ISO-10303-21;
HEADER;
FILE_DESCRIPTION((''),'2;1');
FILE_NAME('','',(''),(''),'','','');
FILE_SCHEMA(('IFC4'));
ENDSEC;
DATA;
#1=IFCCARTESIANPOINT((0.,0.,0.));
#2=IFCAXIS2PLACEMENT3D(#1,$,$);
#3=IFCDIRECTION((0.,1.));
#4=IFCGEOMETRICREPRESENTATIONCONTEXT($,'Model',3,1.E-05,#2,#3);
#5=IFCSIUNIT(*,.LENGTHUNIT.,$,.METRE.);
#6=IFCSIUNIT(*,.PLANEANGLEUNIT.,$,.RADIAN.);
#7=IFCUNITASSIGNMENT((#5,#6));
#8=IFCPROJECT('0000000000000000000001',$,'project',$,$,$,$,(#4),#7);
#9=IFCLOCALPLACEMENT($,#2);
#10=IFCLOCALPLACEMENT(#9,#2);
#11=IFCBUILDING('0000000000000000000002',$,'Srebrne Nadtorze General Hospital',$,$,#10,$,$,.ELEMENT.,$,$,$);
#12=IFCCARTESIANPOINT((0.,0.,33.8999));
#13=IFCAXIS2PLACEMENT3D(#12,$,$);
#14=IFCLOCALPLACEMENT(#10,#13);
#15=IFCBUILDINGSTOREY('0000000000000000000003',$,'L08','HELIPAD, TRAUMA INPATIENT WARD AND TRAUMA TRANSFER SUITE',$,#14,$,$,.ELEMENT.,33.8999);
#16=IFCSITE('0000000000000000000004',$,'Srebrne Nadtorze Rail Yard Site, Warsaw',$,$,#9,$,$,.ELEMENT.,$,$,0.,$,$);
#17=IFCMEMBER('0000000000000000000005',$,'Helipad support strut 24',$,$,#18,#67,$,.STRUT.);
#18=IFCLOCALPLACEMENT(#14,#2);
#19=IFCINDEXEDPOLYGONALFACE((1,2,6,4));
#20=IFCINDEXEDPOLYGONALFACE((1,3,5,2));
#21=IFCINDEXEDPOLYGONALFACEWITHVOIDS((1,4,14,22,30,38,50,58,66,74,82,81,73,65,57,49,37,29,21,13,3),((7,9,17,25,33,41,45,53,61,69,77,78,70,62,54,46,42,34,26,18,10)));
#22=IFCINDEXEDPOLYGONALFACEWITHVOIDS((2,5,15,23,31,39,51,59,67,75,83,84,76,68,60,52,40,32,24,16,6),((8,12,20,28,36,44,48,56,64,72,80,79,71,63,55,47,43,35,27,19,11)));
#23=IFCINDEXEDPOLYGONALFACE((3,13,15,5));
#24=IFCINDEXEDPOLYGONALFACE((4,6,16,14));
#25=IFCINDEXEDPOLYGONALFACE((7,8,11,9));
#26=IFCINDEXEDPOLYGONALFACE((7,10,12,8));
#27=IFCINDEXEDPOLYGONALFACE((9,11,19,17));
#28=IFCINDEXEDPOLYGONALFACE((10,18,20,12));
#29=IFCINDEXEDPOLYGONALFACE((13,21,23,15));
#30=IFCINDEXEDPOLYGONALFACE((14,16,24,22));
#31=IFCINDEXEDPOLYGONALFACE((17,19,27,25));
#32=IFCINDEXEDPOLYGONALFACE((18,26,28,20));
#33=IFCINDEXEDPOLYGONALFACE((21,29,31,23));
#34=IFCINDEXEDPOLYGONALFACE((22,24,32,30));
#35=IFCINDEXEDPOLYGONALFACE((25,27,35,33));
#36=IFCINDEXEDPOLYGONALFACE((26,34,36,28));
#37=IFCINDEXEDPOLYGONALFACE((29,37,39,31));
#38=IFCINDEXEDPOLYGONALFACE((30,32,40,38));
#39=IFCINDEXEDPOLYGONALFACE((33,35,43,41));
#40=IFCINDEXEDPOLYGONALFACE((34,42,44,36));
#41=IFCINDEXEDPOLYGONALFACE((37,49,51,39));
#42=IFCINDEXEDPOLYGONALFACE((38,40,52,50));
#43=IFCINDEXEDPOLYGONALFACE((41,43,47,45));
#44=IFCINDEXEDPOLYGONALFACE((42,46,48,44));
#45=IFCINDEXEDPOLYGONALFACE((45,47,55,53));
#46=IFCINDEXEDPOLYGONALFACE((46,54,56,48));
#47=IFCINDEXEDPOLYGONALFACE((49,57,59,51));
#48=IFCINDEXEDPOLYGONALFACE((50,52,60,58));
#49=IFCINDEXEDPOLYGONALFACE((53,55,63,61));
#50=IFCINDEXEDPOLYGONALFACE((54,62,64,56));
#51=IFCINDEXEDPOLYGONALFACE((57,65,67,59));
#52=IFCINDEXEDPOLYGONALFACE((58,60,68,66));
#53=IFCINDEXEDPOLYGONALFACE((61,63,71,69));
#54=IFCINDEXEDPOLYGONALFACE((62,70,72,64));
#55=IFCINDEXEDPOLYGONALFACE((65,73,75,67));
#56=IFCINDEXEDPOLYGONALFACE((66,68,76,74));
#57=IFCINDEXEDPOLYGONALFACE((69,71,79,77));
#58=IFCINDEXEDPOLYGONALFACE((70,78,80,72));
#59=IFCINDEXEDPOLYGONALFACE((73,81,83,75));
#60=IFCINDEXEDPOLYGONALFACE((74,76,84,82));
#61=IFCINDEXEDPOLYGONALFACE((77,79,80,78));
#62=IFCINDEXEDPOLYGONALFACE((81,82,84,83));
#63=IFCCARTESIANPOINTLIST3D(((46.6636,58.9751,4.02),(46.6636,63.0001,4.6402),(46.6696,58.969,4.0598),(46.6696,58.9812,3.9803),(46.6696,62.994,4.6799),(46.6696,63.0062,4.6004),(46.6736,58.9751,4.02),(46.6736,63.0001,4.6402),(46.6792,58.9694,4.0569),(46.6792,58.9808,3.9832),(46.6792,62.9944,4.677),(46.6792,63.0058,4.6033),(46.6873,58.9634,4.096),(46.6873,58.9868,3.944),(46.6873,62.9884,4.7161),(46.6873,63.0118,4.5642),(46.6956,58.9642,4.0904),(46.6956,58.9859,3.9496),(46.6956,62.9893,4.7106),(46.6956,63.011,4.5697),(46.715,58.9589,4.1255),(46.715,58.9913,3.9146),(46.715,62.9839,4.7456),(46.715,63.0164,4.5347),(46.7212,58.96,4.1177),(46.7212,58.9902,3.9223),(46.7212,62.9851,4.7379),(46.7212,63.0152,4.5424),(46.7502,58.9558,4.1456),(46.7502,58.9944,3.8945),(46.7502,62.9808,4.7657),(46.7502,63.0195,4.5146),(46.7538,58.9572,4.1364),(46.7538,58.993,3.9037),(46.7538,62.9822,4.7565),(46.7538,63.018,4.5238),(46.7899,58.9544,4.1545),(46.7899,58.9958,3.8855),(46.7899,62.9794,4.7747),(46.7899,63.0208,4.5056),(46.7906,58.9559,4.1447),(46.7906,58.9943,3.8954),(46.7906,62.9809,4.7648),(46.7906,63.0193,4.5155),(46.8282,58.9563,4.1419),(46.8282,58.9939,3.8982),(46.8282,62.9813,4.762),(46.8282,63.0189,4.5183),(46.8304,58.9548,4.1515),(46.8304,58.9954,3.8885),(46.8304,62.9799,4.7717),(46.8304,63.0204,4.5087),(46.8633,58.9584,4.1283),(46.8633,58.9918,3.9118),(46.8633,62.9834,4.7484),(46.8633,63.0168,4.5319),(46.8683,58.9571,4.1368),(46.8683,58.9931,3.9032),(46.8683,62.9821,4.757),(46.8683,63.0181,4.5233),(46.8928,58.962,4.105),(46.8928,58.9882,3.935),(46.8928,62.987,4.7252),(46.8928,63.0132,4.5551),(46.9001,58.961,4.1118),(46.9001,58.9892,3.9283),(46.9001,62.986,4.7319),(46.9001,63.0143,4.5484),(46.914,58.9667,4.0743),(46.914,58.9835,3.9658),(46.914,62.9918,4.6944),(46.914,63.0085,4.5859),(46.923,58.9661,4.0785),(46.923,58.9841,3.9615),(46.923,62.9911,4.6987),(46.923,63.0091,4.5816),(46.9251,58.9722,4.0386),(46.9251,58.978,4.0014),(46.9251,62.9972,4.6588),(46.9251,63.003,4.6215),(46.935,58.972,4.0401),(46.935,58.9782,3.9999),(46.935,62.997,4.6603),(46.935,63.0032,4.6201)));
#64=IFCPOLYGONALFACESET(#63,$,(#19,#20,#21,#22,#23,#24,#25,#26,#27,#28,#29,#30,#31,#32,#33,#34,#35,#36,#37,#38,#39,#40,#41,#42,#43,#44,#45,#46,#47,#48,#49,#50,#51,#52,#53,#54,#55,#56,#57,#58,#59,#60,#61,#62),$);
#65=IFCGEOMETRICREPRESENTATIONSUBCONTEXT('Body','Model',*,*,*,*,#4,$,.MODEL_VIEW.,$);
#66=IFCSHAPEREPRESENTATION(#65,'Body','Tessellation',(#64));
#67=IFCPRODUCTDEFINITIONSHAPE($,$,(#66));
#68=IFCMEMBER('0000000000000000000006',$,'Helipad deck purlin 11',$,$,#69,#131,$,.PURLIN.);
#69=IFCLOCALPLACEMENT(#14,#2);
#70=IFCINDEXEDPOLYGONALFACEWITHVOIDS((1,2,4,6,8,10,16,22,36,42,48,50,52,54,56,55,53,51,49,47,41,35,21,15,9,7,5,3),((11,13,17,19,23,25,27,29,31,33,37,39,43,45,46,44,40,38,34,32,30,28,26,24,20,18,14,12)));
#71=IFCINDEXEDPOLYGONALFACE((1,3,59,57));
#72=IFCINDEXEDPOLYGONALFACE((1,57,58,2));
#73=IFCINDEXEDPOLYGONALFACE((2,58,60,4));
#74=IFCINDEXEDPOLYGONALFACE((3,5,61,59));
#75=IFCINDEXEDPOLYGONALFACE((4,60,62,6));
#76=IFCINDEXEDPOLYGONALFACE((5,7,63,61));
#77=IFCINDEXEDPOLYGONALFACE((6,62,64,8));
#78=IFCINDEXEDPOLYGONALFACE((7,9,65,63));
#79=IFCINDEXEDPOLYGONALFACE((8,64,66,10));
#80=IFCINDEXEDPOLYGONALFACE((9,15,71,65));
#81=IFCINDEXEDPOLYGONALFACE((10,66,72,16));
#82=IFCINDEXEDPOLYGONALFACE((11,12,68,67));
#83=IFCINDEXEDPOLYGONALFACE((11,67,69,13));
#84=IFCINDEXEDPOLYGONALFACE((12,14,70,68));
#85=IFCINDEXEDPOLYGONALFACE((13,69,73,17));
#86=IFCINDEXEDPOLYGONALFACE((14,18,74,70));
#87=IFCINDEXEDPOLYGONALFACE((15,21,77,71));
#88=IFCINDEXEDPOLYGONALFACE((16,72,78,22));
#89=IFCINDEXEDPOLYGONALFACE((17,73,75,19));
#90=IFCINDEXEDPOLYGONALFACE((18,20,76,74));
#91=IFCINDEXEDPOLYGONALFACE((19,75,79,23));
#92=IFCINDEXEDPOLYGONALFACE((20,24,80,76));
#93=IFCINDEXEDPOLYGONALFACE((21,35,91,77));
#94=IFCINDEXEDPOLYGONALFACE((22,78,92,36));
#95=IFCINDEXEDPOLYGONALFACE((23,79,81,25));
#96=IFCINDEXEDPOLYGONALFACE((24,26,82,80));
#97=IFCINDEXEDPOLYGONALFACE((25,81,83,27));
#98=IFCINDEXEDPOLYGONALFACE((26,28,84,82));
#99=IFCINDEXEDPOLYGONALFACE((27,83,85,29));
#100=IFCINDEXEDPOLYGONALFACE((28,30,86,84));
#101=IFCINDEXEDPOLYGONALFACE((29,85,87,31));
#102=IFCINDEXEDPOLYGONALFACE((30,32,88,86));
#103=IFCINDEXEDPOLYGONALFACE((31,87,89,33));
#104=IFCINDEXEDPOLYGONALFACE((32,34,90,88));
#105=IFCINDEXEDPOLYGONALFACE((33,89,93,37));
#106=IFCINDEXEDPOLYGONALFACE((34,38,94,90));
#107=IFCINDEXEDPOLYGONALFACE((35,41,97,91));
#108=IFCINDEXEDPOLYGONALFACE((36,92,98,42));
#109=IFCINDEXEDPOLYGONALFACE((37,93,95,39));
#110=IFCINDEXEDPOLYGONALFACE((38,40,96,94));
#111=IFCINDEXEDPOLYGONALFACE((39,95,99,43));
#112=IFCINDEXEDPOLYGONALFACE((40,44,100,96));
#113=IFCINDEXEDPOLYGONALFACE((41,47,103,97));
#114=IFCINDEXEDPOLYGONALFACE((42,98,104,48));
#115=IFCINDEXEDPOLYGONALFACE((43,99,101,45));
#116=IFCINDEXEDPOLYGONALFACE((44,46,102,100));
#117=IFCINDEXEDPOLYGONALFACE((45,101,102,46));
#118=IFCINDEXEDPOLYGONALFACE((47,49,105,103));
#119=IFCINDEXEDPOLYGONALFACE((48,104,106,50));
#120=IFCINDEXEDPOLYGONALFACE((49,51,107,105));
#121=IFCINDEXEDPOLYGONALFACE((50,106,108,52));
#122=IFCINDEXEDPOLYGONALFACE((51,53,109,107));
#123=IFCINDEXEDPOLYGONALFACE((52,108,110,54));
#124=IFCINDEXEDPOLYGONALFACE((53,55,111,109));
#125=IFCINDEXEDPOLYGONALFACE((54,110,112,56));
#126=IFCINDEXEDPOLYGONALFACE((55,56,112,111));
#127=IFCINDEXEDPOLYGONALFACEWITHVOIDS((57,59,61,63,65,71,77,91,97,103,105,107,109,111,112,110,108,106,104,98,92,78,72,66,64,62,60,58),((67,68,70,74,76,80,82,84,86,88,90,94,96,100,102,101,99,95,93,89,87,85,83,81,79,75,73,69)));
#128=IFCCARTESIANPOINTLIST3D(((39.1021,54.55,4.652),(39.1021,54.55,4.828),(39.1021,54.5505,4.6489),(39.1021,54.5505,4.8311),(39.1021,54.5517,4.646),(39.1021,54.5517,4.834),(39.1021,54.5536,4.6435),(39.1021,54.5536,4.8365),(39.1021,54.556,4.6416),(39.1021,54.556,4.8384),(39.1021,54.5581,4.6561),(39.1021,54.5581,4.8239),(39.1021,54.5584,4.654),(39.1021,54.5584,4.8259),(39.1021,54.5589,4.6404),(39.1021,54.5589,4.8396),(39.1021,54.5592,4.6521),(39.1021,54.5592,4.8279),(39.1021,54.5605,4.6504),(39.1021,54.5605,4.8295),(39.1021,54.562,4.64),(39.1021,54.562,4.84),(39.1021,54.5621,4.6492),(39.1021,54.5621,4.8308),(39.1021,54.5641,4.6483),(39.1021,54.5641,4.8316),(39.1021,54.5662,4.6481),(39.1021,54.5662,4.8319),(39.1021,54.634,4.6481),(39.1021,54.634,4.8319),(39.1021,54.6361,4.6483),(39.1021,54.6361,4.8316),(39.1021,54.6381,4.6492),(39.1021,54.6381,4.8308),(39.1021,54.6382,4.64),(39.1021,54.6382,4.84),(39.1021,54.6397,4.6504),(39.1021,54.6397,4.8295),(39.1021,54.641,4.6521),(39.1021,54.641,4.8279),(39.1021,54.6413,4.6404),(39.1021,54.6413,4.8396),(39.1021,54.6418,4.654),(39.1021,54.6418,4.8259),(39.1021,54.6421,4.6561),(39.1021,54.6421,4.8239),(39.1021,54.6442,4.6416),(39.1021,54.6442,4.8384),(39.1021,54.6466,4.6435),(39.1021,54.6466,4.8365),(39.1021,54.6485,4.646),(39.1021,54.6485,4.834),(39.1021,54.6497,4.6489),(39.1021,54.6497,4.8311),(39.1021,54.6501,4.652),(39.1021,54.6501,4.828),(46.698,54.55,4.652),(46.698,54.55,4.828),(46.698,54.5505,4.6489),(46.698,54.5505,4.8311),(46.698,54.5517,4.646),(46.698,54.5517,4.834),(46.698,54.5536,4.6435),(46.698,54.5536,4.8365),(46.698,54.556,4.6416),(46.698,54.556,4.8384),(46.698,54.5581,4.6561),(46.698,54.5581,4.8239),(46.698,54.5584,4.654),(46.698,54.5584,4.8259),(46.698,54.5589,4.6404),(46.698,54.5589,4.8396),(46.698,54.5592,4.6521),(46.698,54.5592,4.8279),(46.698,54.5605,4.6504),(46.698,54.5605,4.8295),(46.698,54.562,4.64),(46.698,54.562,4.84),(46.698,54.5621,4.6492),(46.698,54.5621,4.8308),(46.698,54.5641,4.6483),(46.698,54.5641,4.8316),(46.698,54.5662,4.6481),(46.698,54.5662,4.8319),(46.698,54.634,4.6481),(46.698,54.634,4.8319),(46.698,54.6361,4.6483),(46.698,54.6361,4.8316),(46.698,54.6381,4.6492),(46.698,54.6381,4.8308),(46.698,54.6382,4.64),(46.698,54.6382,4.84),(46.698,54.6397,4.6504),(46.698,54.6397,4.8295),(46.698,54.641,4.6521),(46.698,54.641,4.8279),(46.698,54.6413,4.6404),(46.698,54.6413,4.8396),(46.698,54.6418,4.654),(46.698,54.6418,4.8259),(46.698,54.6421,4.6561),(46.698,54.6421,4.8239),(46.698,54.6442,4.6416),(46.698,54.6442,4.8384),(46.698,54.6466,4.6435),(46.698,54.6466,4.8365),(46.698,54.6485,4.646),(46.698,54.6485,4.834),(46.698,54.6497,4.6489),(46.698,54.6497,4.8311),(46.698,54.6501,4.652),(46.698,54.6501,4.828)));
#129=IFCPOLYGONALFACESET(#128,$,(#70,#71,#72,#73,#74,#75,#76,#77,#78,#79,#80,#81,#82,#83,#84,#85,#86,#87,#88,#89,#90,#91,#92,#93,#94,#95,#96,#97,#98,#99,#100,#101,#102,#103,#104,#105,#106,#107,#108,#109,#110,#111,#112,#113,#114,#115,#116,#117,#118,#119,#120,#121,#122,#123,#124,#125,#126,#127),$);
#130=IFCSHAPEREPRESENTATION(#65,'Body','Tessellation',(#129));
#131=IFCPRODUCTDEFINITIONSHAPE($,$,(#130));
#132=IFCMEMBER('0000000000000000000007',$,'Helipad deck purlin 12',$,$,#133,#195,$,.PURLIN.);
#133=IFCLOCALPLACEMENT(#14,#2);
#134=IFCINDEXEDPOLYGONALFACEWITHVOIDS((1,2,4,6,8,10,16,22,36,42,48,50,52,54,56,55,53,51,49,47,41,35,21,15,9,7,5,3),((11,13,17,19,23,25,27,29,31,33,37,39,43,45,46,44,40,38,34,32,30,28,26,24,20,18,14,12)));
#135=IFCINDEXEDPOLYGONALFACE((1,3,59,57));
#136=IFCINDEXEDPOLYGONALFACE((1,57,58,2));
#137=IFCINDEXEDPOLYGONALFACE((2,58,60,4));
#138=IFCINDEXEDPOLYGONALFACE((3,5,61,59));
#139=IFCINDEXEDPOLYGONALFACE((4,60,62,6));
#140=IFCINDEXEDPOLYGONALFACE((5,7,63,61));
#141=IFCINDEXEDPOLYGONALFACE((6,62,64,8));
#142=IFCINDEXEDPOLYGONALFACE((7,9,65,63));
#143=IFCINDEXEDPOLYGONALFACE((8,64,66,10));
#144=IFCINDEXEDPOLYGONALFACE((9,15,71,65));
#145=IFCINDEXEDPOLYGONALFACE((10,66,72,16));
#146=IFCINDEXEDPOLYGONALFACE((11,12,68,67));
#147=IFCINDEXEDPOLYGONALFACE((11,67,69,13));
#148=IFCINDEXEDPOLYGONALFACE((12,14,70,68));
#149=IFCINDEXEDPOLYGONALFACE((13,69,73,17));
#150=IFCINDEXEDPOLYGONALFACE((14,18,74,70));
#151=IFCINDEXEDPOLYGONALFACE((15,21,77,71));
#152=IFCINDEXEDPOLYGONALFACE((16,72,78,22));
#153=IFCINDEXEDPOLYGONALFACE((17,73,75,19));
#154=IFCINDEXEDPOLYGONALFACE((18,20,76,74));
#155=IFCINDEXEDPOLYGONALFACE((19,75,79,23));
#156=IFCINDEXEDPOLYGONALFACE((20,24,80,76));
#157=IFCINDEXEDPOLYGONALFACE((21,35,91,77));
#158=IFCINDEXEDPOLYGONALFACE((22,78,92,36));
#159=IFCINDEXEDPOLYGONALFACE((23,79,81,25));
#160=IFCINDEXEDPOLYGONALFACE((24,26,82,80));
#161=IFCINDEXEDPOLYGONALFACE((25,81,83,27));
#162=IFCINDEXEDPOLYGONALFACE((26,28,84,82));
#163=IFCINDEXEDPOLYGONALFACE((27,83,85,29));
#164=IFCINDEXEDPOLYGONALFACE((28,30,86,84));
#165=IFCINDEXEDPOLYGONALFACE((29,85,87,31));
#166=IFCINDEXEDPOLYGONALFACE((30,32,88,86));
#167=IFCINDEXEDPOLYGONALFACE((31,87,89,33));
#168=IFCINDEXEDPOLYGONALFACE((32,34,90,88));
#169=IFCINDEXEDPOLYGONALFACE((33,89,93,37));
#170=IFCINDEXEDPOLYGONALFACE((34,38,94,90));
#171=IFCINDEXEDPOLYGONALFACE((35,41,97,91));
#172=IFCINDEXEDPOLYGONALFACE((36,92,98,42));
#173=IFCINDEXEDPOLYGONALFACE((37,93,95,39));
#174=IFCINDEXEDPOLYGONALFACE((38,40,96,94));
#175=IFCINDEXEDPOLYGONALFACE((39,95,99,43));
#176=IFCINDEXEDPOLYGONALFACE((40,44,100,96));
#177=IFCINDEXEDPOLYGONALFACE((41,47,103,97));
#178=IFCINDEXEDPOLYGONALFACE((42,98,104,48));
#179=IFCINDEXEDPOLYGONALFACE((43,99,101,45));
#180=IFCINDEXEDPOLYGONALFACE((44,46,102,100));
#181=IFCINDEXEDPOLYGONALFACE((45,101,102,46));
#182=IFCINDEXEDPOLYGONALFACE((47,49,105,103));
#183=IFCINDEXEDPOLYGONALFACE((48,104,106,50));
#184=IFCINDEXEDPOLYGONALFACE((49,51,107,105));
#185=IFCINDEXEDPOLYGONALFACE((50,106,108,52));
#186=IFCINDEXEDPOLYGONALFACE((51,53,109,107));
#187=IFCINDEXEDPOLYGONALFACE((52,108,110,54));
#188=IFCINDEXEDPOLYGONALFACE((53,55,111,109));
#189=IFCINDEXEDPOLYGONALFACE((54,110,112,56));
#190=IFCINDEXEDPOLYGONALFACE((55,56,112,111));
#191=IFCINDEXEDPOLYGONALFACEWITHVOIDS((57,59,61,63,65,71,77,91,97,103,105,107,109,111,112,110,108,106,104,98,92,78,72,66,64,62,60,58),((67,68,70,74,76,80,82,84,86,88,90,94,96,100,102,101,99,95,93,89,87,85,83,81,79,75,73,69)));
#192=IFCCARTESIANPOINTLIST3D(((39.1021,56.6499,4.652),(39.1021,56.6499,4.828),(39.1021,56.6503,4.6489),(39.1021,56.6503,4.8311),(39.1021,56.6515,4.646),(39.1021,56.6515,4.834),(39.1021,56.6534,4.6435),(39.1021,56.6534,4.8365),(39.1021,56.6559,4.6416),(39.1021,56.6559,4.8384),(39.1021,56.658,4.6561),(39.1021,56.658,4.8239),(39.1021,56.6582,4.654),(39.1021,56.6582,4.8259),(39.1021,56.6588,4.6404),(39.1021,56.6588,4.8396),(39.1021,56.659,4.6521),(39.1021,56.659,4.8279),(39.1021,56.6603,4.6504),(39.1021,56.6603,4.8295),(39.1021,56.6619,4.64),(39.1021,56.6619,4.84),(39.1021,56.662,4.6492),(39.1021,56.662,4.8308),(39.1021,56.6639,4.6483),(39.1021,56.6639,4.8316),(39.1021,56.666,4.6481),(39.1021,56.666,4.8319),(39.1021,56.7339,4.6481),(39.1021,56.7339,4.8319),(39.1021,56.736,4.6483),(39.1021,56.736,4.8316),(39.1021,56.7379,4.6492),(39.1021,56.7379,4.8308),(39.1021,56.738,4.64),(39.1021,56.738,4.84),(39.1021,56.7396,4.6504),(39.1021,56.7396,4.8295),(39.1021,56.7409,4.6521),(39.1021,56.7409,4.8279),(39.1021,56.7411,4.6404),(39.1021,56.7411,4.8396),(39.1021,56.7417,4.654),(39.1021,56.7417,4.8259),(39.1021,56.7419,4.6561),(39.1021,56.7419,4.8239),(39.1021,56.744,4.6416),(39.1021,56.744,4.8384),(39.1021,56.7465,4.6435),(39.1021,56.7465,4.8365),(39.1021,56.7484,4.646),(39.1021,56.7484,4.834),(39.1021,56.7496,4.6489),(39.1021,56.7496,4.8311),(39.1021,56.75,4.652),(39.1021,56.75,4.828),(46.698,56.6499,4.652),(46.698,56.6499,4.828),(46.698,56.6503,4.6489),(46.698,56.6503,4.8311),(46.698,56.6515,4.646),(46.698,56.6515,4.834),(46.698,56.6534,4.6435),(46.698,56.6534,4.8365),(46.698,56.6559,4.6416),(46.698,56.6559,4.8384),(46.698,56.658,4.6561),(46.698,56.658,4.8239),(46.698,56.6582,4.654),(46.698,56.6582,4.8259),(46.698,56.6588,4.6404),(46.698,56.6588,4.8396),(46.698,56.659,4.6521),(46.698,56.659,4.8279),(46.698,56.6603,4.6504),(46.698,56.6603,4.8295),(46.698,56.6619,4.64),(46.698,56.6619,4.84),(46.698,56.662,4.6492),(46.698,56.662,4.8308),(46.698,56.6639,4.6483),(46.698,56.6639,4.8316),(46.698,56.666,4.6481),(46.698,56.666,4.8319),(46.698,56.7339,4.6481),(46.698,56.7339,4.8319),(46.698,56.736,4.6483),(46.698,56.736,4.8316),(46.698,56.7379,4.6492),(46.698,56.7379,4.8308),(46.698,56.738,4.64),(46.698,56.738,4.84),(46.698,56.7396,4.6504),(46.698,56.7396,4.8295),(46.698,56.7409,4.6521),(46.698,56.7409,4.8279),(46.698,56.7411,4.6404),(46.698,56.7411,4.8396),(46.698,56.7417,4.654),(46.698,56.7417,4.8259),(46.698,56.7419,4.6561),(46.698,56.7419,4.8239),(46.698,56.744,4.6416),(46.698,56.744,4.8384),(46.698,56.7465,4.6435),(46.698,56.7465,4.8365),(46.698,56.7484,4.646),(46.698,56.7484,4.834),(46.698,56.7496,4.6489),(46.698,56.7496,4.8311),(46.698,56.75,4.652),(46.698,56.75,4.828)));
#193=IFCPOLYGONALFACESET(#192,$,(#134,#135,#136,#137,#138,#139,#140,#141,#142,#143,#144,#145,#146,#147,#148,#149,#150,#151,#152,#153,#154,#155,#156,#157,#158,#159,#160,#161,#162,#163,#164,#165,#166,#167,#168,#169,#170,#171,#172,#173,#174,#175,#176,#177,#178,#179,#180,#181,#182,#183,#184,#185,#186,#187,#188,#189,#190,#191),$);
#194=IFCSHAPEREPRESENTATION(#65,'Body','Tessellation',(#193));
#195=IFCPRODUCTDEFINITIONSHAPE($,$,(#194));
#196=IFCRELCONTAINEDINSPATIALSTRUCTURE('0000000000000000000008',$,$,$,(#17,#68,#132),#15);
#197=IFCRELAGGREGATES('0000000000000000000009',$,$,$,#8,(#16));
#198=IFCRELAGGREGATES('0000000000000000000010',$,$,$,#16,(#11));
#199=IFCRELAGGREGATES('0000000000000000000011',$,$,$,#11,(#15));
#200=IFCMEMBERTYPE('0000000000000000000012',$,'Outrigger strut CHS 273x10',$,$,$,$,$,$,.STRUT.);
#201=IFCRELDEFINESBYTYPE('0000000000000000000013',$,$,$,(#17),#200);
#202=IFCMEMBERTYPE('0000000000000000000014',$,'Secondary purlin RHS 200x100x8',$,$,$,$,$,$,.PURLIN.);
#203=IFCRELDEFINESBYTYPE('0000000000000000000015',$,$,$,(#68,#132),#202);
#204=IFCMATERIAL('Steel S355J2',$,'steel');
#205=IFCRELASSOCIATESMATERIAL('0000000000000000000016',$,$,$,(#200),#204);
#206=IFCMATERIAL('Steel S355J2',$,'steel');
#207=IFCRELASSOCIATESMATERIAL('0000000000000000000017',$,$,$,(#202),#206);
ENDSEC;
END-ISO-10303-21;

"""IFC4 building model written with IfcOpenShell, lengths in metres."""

from ifc_helpers import new_model, si_unit, direction, frame, origin, origin_2d, place, context, subcontext, project, spatial, hollow_rectangle, hollow_circle, extrude, material, material_profile, profile_set, type_object, element, save


model = new_model("IFC4")

# Units and contexts
model_context = context("Model", 3, precision=1e-05, world=origin(), true_north=direction((0.0, 1.0)))
body_context = subcontext(model_context, "Body", "Model", "MODEL_VIEW")
ifc_project = project(units=[si_unit("LENGTHUNIT", "METRE"), si_unit("PLANEANGLEUNIT", "RADIAN")], contexts=[model_context])

# Site, building, storey
site_placement = place(None, origin())
site = spatial("IfcSite", under=ifc_project, at=site_placement, Name="Srebrne Nadtorze Rail Yard Site, Warsaw", CompositionType="ELEMENT", RefElevation=0.0)
building_placement = place(site_placement, origin())
building = spatial("IfcBuilding", under=site, at=building_placement, Name="Srebrne Nadtorze General Hospital", CompositionType="ELEMENT")
storey_placement = place(building_placement, frame((0.0, 0.0, 33.8999)))
storey = spatial("IfcBuildingStorey", under=building, at=storey_placement, Name="L08", Description="HELIPAD, TRAUMA INPATIENT WARD AND TRAUMA TRANSFER SUITE", CompositionType="ELEMENT", Elevation=33.8999)

# Members
ifc_material_1 = material(Name="Steel S355J2", Category="steel")
ifc_material_profile_1 = material_profile(ifc_material_1, hollow_circle(Radius=0.1365, WallThickness=0.01, at=origin_2d()), Name="CHS-273x10")
ifc_profile_set_1 = profile_set([ifc_material_profile_1], Name="Steel S355J2")
member_type_1 = type_object("IfcMemberType", Name="Outrigger strut CHS 273x10", PredefinedType="STRUT", material=ifc_profile_set_1)
member_placement = place(storey_placement, frame((46.8, 58.9751, 4.02), z_axis=(0.0, 0.988338, 0.152273), x_axis=(-1.0, 0.0, 0.0)))
element("IfcMember", 1, at=member_placement, inside=storey, type_object=member_type_1, Name="Helipad support strut 24", PredefinedType="STRUT", context=body_context, shape_type="SweptSolid", body=[
    extrude(hollow_circle(Radius=0.1365, WallThickness=0.01, at=origin_2d()), origin(), (0.0, 0.0, 1.0), 4.0725),
])
ifc_material_2 = material(Name="Steel S355J2", Category="steel")
ifc_material_profile_2 = material_profile(ifc_material_2, hollow_rectangle(XDim=0.1001, YDim=0.2, WallThickness=0.0081, InnerFilletRadius=0.0081, OuterFilletRadius=0.012, at=origin_2d()), Name="RHS-200x100x8")
ifc_profile_set_2 = profile_set([ifc_material_profile_2], Name="Steel S355J2")
member_type_2 = type_object("IfcMemberType", Name="Secondary purlin RHS 200x100x8", PredefinedType="PURLIN", material=ifc_profile_set_2)
for number, where, z_axis, x_axis, name in (
    (2, (39.1021, 54.6001, 4.74), (1.0, 0.0, 0.0), (0.0, 1.0, 0.0), "Helipad deck purlin 11"),
    (3, (39.1021, 56.7, 4.74), (1.0, 0.0, 0.0), (0.0, 1.0, 0.0), "Helipad deck purlin 12"),
):
    element("IfcMember", number, at=place(storey_placement, frame(where, z_axis=z_axis, x_axis=x_axis)), inside=storey, type_object=member_type_2, Name=name, PredefinedType="PURLIN", context=body_context, shape_type="SweptSolid", body=[
        extrude(hollow_rectangle(XDim=0.1001, YDim=0.2, WallThickness=0.0081, InnerFilletRadius=0.0081, OuterFilletRadius=0.012, at=origin_2d()), origin(), (0.0, 0.0, 1.0), 7.5959),
    ])

save(model, "model.ifc")
